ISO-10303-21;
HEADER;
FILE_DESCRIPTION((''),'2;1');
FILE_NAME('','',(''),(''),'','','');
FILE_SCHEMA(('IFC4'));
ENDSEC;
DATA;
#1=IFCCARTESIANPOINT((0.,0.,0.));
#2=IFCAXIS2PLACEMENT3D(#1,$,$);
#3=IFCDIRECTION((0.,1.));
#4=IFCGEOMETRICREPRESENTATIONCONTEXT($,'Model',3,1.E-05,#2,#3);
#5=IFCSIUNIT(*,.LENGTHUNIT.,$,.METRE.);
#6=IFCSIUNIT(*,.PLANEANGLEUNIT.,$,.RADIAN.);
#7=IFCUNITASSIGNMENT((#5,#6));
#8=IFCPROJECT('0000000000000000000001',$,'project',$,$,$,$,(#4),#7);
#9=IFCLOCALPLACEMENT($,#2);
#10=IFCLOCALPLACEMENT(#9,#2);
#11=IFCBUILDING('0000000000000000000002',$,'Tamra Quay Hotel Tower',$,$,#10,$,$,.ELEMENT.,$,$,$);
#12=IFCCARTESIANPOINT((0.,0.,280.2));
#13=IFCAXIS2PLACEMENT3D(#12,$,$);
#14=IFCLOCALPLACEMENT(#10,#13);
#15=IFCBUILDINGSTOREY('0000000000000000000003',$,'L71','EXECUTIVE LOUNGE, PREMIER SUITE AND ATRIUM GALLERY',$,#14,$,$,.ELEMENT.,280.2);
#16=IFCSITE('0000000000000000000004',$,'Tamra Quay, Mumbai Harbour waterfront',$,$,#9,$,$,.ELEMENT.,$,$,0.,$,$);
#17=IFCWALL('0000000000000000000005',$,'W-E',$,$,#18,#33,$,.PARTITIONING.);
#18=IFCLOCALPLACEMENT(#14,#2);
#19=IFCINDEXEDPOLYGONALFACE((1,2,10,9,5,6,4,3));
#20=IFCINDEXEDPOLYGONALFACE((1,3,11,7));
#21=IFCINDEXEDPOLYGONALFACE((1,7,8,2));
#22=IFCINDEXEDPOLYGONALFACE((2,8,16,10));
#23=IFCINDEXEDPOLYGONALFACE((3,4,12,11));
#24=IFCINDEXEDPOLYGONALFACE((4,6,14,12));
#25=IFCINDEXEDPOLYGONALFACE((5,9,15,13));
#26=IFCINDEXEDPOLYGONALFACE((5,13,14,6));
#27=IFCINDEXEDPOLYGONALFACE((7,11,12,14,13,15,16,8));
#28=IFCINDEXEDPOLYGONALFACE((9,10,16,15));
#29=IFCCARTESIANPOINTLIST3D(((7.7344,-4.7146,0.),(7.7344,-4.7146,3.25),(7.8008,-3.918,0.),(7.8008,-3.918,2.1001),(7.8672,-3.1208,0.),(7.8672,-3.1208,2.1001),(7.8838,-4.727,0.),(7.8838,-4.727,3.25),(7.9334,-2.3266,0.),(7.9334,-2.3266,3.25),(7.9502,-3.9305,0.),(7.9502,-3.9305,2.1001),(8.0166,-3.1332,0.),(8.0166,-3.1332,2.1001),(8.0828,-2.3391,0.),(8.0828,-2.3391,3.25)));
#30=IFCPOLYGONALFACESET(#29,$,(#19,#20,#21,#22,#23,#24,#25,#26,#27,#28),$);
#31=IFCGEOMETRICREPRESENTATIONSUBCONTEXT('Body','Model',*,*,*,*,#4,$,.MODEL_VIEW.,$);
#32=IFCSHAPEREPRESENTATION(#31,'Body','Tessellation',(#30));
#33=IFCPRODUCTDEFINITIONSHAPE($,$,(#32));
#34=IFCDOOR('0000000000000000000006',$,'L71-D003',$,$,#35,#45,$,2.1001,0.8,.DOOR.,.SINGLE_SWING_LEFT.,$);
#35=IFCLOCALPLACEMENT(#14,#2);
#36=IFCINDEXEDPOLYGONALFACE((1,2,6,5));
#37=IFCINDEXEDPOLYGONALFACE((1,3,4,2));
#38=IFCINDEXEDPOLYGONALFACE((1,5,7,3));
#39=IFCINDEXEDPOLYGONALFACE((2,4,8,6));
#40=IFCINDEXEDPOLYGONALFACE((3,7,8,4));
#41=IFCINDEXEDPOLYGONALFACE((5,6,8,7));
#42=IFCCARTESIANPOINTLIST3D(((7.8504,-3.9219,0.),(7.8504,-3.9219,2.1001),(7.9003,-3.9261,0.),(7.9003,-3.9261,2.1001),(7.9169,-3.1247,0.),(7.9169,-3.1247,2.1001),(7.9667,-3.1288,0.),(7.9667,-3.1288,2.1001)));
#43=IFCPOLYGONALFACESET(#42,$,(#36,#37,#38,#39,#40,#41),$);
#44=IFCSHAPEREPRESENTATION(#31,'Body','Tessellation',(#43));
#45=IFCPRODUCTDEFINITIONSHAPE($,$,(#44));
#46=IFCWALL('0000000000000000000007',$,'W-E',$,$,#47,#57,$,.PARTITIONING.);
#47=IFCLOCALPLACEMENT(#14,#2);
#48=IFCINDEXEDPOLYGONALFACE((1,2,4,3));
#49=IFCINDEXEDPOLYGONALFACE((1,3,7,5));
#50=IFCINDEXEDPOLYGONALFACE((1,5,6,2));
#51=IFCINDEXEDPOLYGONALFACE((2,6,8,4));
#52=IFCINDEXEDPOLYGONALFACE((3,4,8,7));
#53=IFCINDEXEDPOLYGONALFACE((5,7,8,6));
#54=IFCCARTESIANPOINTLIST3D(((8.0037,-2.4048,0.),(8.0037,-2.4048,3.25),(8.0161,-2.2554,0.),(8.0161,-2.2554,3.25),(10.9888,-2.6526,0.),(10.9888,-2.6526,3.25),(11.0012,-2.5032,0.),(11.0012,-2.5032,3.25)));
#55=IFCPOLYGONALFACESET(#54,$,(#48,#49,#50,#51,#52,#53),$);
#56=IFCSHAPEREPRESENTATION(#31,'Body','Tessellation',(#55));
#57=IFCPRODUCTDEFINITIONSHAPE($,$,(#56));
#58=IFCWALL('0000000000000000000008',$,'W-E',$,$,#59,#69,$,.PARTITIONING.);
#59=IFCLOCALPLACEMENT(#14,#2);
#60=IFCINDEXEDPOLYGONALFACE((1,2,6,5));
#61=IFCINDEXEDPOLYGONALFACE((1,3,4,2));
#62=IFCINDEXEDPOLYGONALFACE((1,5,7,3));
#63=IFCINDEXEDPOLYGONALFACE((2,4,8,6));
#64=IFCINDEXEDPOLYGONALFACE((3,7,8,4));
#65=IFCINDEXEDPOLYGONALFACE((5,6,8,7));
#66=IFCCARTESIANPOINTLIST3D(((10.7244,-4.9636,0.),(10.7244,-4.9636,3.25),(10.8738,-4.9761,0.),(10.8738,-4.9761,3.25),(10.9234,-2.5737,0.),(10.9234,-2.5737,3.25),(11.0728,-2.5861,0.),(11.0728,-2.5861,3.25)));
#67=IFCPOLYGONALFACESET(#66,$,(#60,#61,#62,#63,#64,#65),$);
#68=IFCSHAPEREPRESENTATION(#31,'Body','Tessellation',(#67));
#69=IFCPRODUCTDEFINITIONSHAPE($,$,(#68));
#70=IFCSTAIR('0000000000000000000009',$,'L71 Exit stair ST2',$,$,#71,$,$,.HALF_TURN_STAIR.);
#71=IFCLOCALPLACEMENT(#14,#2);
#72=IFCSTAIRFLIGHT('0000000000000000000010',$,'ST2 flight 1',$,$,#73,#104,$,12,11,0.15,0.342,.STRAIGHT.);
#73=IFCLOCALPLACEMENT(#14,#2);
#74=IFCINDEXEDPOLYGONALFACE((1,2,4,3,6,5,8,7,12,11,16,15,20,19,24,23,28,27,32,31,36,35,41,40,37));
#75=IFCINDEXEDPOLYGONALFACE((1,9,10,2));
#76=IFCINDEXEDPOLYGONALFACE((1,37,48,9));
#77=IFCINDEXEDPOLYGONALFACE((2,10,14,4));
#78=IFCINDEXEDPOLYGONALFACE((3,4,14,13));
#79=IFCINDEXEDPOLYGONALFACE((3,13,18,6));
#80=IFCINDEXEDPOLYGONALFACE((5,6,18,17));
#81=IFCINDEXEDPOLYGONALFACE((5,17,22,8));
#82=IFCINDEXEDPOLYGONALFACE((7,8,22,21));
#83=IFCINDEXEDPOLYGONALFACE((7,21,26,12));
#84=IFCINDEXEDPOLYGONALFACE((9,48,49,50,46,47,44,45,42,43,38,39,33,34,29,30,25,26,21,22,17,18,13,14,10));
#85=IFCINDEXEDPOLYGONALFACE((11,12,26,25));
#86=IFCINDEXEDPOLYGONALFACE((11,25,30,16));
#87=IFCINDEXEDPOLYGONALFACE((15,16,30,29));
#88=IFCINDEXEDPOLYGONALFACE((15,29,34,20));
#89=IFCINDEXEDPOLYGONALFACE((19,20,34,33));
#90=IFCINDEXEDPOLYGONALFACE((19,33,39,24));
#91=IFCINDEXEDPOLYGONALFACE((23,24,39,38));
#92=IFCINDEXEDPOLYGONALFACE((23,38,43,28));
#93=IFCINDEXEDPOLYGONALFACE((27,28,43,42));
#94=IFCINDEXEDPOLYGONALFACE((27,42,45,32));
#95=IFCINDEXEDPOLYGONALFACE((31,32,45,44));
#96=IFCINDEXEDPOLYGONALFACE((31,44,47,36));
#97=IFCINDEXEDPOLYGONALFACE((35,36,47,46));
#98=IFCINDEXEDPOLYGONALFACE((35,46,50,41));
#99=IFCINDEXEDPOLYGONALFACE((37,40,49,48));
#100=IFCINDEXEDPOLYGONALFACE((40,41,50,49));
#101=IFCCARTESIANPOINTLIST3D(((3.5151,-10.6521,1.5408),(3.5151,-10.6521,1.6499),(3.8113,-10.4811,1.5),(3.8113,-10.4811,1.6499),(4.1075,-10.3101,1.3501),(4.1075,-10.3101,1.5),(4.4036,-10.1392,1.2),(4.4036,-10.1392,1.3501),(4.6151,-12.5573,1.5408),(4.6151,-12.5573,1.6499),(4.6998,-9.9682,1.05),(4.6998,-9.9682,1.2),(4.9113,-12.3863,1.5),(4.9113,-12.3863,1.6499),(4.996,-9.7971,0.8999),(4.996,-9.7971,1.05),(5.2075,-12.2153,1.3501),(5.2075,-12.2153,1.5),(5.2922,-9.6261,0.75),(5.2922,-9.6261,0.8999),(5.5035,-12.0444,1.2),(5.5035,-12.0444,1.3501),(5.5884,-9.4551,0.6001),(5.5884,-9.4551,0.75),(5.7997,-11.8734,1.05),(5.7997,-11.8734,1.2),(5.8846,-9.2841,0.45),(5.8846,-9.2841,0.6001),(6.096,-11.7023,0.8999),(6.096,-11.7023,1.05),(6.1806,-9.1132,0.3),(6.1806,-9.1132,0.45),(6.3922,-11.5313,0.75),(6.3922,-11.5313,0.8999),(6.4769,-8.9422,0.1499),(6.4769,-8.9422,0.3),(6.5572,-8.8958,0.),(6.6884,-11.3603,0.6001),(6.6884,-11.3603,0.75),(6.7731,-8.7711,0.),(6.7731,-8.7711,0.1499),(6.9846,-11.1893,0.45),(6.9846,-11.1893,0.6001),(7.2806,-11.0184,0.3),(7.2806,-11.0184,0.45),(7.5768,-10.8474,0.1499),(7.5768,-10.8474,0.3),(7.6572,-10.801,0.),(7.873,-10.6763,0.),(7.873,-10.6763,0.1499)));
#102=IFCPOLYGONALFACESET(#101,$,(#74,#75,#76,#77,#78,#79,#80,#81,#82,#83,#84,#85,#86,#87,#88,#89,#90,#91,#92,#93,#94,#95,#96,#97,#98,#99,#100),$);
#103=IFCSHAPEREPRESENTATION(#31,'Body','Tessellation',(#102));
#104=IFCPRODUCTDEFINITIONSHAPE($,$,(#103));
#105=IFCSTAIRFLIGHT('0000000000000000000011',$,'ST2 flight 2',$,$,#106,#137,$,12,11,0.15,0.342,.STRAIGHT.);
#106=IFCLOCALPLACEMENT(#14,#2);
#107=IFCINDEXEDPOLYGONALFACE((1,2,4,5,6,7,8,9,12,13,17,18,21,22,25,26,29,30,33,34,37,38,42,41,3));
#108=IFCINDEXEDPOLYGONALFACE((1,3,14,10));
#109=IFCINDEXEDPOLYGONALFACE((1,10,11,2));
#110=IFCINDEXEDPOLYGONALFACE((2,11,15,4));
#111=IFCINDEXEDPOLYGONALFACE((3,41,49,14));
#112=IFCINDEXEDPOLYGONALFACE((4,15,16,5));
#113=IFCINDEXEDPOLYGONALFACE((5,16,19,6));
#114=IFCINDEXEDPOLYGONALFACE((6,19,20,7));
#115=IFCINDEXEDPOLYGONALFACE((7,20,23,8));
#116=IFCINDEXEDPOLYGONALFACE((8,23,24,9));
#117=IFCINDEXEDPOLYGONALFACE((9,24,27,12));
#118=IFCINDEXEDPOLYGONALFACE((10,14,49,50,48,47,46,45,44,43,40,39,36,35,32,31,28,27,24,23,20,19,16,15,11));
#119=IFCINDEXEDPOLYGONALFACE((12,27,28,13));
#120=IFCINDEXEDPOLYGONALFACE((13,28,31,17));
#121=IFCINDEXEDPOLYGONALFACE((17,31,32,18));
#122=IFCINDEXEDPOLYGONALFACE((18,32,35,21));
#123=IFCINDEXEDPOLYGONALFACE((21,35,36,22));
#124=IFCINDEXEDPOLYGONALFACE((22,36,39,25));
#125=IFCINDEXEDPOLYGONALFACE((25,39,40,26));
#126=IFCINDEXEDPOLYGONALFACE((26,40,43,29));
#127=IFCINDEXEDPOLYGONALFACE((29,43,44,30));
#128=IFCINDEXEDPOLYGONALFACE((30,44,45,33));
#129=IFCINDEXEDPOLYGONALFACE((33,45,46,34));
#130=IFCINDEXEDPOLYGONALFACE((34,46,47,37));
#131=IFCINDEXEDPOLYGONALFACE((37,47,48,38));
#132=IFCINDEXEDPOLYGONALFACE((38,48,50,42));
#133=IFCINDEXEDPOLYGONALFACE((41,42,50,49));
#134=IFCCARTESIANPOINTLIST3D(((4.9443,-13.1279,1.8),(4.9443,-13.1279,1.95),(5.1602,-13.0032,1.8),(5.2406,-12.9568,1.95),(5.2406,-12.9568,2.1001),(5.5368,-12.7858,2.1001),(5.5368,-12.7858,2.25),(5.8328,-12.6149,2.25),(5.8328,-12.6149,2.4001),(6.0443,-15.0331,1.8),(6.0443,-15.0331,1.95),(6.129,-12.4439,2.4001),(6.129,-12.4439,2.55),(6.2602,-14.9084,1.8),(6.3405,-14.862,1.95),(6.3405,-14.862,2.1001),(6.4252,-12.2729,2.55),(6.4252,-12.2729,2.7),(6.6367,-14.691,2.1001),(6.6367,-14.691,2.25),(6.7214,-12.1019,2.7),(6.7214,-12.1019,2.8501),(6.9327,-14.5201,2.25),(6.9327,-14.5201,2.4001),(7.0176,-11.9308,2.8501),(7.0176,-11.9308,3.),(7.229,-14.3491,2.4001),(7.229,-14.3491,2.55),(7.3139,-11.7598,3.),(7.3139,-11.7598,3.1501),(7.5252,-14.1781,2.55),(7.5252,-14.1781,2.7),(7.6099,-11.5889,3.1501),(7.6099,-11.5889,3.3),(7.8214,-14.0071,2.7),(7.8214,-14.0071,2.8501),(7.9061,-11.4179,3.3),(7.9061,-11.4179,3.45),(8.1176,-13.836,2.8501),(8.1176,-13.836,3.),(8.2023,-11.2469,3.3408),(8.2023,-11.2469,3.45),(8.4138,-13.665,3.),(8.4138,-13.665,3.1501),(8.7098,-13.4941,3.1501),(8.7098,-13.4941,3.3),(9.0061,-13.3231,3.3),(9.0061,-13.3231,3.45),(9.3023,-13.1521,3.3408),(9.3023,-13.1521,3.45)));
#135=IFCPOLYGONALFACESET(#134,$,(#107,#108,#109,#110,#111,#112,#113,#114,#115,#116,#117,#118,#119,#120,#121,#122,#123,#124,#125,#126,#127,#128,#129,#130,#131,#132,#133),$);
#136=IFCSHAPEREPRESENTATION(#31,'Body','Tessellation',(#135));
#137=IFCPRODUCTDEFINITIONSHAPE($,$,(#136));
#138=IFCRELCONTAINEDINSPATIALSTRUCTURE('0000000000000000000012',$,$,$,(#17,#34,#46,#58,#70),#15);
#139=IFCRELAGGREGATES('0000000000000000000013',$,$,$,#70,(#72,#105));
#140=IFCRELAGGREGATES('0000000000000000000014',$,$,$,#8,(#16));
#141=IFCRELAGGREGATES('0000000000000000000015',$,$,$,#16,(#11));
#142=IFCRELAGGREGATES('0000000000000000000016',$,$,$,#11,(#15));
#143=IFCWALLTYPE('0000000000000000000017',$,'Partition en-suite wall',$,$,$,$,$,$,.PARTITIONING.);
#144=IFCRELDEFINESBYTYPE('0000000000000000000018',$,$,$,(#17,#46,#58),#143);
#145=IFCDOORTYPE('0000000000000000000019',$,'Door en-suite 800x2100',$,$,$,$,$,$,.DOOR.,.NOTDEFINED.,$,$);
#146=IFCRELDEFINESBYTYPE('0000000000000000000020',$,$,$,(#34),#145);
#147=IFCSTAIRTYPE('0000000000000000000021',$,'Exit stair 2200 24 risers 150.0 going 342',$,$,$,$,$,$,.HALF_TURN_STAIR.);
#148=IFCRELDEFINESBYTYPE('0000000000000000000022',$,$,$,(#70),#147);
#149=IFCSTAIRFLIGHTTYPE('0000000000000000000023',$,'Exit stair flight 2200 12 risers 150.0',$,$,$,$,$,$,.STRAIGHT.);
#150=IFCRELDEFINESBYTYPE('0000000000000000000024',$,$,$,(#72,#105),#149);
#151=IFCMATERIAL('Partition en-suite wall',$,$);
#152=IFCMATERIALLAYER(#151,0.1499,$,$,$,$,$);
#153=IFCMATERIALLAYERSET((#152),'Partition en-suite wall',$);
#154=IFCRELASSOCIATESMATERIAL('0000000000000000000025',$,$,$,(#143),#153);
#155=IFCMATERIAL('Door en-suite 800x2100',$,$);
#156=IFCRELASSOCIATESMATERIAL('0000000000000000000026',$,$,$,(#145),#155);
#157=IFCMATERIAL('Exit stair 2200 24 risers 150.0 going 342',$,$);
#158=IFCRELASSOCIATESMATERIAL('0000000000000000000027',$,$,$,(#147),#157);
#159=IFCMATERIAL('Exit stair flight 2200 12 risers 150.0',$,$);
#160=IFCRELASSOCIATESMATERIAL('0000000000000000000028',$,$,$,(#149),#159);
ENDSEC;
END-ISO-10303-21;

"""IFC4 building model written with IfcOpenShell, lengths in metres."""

from ifc_helpers import new_model, si_unit, direction, frame, frame_2d, origin, place, context, subcontext, project, spatial, polyline, rectangle, outline, extrude, material, layer, layer_set, type_object, element, fill, aggregate, save


model = new_model("IFC4")

# Units and contexts
model_context = context("Model", 3, precision=1e-05, world=origin(), true_north=direction((0.0, 1.0)))
body_context = subcontext(model_context, "Body", "Model", "MODEL_VIEW")
ifc_project = project(units=[si_unit("LENGTHUNIT", "METRE"), si_unit("PLANEANGLEUNIT", "RADIAN")], contexts=[model_context])

# Site, building, storey
site_placement = place(None, origin())
site = spatial("IfcSite", under=ifc_project, at=site_placement, Name="Tamra Quay, Mumbai Harbour waterfront", CompositionType="ELEMENT", RefElevation=0.0)
building_placement = place(site_placement, origin())
building = spatial("IfcBuilding", under=site, at=building_placement, Name="Tamra Quay Hotel Tower", CompositionType="ELEMENT")
storey_placement = place(building_placement, frame((0.0, 0.0, 280.2)))
storey = spatial("IfcBuildingStorey", under=building, at=storey_placement, Name="L71", Description="EXECUTIVE LOUNGE, PREMIER SUITE AND ATRIUM GALLERY", CompositionType="ELEMENT", Elevation=280.2)

# Wall, opening, door
ifc_material_1 = material(Name="Partition en-suite wall")
ifc_layer_1 = layer(ifc_material_1, 0.1499)
ifc_layer_set_1 = layer_set([ifc_layer_1], Name="Partition en-suite wall")
wall_type_1 = type_object("IfcWallType", Name="Partition en-suite wall", PredefinedType="PARTITIONING", material=ifc_layer_set_1)
wall_1_placement = place(storey_placement, frame((7.8091, -4.7209, 0.0), z_axis=(0.0, 0.0, 1.0), x_axis=(0.083037, 0.996546, 0.0)))
wall_1 = element("IfcWall", 1, at=wall_1_placement, inside=storey, type_object=wall_type_1, Name="W-E", PredefinedType="PARTITIONING", context=body_context, shape_type="SweptSolid", body=[
    extrude(rectangle(XDim=2.3962, YDim=0.1499, at=frame_2d((1.1982, 0.0))), origin(), (0.0, 0.0, 1.0), 3.25),
])
opening_1_placement = place(wall_1_placement, frame((0.7996, 0.0, 0.0)))
opening_1 = element("IfcOpeningElement", 2, at=opening_1_placement, cuts=wall_1, PredefinedType="OPENING", context=body_context, shape_type="SweptSolid", body=[
    extrude(rectangle(XDim=0.8, YDim=2.1001, at=frame_2d((0.3999, 1.05))), frame((0.0, 0.085, 0.0), z_axis=(0.0, -1.0, 0.0), x_axis=(1.0, 0.0, 0.0)), (0.0, 0.0, 1.0), 0.1699),
])
ifc_material_2 = material(Name="Door en-suite 800x2100")
door_type_1 = type_object("IfcDoorType", Name="Door en-suite 800x2100", OperationType="NOTDEFINED", PredefinedType="DOOR", material=ifc_material_2)
door_1_placement = place(opening_1_placement, frame((0.8, 0.0, 0.0), z_axis=(0.0, 0.0, 1.0), x_axis=(-1.0, 0.0, 0.0)))
door_1 = element("IfcDoor", 3, at=door_1_placement, inside=storey, type_object=door_type_1, Name="L71-D003", OperationType="SINGLE_SWING_LEFT", OverallHeight=2.1001, OverallWidth=0.8, PredefinedType="DOOR", context=body_context, shape_type="SweptSolid", body=[
    extrude(rectangle(XDim=0.8, YDim=2.1001, at=frame_2d((0.3999, 1.05))), frame((0.0, 0.0249, 0.0), z_axis=(0.0, -1.0, 0.0), x_axis=(1.0, 0.0, 0.0)), (0.0, 0.0, 1.0), 0.05),
])
fill(opening_1, door_1)

# Walls
wall_2_placement = place(storey_placement, frame((8.01, -2.3301, 0.0), z_axis=(0.0, 0.0, 1.0), x_axis=(0.996572, -0.082728, 0.0)))
element("IfcWall", 4, at=wall_2_placement, inside=storey, type_object=wall_type_1, Name="W-E", PredefinedType="PARTITIONING", context=body_context, shape_type="SweptSolid", body=[
    extrude(rectangle(XDim=2.9954, YDim=0.1499, at=frame_2d((1.4976, 0.0))), origin(), (0.0, 0.0, 1.0), 3.25),
])
wall_3_placement = place(storey_placement, frame((10.7991, -4.97, 0.0), z_axis=(0.0, 0.0, 1.0), x_axis=(0.08297, 0.996552, 0.0)))
element("IfcWall", 5, at=wall_3_placement, inside=storey, type_object=wall_type_1, Name="W-E", PredefinedType="PARTITIONING", context=body_context, shape_type="SweptSolid", body=[
    extrude(rectangle(XDim=2.3982, YDim=0.1499, at=frame_2d((1.1992, 0.0))), origin(), (0.0, 0.0, 1.0), 3.25),
])

# Stair, stair flights
ifc_material_3 = material(Name="Exit stair 2200 24 risers 150.0 going 342")
stair_type = type_object("IfcStairType", Name="Exit stair 2200 24 risers 150.0 going 342", PredefinedType="HALF_TURN_STAIR", material=ifc_material_3)
stair_placement = place(storey_placement, origin())
stair = element("IfcStair", 6, at=stair_placement, inside=storey, type_object=stair_type, Name="L71 Exit stair ST2", PredefinedType="HALF_TURN_STAIR")
ifc_material_4 = material(Name="Exit stair flight 2200 12 risers 150.0")
stair_flight_type = type_object("IfcStairFlightType", Name="Exit stair flight 2200 12 risers 150.0", PredefinedType="STRAIGHT", material=ifc_material_4)
stair_flight_1_placement = place(storey_placement, frame((7.323, -9.7236, 0.0), z_axis=(0.0, 0.0, 1.0), x_axis=(-0.866025, -0.5, 0.0)))
stair_flight_1 = element("IfcStairFlight", 7, at=stair_flight_1_placement, type_object=stair_flight_type, Name="ST2 flight 1", NumberOfRisers=12, NumberOfTreads=11, PredefinedType="STRAIGHT", RiserHeight=0.15, TreadLength=0.342, context=body_context, shape_type="SweptSolid", body=[
    extrude(outline(polyline([(0.0, 0.0), (0.0, 0.1499), (0.342, 0.1499), (0.342, 0.3), (0.6841, 0.3), (0.6841, 0.45), (1.0259, 0.45), (1.0259, 0.6001), (1.3679, 0.6001), (1.3679, 0.75), (1.71, 0.75), (1.71, 0.8999), (2.052, 0.8999), (2.052, 1.05), (2.394, 1.05), (2.394, 1.2), (2.7361, 1.2), (2.7361, 1.3501), (3.0779, 1.3501), (3.0779, 1.5), (3.4199, 1.5), (3.4199, 1.6499), (3.762, 1.6499), (3.762, 1.8), (3.762, 1.5408), (0.2493, 0.0), (0.0, 0.0)])), frame((0.0, 1.1001, 0.0), z_axis=(0.0, -1.0, 0.0), x_axis=(1.0, 0.0, 0.0)), (0.0, 0.0, 1.0), 2.2),
])
stair_flight_2_placement = place(storey_placement, frame((5.4944, -14.0806, 1.8), z_axis=(0.0, 0.0, 1.0), x_axis=(0.866025, 0.5, 0.0)))
stair_flight_2 = element("IfcStairFlight", 8, at=stair_flight_2_placement, type_object=stair_flight_type, Name="ST2 flight 2", NumberOfRisers=12, NumberOfTreads=11, PredefinedType="STRAIGHT", RiserHeight=0.15, TreadLength=0.342, context=body_context, shape_type="SweptSolid", body=[
    extrude(outline(polyline([(0.0, 0.0), (0.0, 0.1499), (0.342, 0.1499), (0.342, 0.3), (0.6841, 0.3), (0.6841, 0.45), (1.0259, 0.45), (1.0259, 0.6001), (1.3679, 0.6001), (1.3679, 0.75), (1.71, 0.75), (1.71, 0.8999), (2.052, 0.8999), (2.052, 1.05), (2.394, 1.05), (2.394, 1.2), (2.7361, 1.2), (2.7361, 1.3501), (3.0779, 1.3501), (3.0779, 1.5), (3.4199, 1.5), (3.4199, 1.6499), (3.762, 1.6499), (3.762, 1.8), (3.762, 1.5408), (0.2493, 0.0), (0.0, 0.0)])), frame((0.0, 1.1001, 0.0), z_axis=(0.0, -1.0, 0.0), x_axis=(1.0, 0.0, 0.0)), (0.0, 0.0, 1.0), 2.2),
])
aggregate(stair, [stair_flight_1, stair_flight_2])

save(model, "model.ifc")
